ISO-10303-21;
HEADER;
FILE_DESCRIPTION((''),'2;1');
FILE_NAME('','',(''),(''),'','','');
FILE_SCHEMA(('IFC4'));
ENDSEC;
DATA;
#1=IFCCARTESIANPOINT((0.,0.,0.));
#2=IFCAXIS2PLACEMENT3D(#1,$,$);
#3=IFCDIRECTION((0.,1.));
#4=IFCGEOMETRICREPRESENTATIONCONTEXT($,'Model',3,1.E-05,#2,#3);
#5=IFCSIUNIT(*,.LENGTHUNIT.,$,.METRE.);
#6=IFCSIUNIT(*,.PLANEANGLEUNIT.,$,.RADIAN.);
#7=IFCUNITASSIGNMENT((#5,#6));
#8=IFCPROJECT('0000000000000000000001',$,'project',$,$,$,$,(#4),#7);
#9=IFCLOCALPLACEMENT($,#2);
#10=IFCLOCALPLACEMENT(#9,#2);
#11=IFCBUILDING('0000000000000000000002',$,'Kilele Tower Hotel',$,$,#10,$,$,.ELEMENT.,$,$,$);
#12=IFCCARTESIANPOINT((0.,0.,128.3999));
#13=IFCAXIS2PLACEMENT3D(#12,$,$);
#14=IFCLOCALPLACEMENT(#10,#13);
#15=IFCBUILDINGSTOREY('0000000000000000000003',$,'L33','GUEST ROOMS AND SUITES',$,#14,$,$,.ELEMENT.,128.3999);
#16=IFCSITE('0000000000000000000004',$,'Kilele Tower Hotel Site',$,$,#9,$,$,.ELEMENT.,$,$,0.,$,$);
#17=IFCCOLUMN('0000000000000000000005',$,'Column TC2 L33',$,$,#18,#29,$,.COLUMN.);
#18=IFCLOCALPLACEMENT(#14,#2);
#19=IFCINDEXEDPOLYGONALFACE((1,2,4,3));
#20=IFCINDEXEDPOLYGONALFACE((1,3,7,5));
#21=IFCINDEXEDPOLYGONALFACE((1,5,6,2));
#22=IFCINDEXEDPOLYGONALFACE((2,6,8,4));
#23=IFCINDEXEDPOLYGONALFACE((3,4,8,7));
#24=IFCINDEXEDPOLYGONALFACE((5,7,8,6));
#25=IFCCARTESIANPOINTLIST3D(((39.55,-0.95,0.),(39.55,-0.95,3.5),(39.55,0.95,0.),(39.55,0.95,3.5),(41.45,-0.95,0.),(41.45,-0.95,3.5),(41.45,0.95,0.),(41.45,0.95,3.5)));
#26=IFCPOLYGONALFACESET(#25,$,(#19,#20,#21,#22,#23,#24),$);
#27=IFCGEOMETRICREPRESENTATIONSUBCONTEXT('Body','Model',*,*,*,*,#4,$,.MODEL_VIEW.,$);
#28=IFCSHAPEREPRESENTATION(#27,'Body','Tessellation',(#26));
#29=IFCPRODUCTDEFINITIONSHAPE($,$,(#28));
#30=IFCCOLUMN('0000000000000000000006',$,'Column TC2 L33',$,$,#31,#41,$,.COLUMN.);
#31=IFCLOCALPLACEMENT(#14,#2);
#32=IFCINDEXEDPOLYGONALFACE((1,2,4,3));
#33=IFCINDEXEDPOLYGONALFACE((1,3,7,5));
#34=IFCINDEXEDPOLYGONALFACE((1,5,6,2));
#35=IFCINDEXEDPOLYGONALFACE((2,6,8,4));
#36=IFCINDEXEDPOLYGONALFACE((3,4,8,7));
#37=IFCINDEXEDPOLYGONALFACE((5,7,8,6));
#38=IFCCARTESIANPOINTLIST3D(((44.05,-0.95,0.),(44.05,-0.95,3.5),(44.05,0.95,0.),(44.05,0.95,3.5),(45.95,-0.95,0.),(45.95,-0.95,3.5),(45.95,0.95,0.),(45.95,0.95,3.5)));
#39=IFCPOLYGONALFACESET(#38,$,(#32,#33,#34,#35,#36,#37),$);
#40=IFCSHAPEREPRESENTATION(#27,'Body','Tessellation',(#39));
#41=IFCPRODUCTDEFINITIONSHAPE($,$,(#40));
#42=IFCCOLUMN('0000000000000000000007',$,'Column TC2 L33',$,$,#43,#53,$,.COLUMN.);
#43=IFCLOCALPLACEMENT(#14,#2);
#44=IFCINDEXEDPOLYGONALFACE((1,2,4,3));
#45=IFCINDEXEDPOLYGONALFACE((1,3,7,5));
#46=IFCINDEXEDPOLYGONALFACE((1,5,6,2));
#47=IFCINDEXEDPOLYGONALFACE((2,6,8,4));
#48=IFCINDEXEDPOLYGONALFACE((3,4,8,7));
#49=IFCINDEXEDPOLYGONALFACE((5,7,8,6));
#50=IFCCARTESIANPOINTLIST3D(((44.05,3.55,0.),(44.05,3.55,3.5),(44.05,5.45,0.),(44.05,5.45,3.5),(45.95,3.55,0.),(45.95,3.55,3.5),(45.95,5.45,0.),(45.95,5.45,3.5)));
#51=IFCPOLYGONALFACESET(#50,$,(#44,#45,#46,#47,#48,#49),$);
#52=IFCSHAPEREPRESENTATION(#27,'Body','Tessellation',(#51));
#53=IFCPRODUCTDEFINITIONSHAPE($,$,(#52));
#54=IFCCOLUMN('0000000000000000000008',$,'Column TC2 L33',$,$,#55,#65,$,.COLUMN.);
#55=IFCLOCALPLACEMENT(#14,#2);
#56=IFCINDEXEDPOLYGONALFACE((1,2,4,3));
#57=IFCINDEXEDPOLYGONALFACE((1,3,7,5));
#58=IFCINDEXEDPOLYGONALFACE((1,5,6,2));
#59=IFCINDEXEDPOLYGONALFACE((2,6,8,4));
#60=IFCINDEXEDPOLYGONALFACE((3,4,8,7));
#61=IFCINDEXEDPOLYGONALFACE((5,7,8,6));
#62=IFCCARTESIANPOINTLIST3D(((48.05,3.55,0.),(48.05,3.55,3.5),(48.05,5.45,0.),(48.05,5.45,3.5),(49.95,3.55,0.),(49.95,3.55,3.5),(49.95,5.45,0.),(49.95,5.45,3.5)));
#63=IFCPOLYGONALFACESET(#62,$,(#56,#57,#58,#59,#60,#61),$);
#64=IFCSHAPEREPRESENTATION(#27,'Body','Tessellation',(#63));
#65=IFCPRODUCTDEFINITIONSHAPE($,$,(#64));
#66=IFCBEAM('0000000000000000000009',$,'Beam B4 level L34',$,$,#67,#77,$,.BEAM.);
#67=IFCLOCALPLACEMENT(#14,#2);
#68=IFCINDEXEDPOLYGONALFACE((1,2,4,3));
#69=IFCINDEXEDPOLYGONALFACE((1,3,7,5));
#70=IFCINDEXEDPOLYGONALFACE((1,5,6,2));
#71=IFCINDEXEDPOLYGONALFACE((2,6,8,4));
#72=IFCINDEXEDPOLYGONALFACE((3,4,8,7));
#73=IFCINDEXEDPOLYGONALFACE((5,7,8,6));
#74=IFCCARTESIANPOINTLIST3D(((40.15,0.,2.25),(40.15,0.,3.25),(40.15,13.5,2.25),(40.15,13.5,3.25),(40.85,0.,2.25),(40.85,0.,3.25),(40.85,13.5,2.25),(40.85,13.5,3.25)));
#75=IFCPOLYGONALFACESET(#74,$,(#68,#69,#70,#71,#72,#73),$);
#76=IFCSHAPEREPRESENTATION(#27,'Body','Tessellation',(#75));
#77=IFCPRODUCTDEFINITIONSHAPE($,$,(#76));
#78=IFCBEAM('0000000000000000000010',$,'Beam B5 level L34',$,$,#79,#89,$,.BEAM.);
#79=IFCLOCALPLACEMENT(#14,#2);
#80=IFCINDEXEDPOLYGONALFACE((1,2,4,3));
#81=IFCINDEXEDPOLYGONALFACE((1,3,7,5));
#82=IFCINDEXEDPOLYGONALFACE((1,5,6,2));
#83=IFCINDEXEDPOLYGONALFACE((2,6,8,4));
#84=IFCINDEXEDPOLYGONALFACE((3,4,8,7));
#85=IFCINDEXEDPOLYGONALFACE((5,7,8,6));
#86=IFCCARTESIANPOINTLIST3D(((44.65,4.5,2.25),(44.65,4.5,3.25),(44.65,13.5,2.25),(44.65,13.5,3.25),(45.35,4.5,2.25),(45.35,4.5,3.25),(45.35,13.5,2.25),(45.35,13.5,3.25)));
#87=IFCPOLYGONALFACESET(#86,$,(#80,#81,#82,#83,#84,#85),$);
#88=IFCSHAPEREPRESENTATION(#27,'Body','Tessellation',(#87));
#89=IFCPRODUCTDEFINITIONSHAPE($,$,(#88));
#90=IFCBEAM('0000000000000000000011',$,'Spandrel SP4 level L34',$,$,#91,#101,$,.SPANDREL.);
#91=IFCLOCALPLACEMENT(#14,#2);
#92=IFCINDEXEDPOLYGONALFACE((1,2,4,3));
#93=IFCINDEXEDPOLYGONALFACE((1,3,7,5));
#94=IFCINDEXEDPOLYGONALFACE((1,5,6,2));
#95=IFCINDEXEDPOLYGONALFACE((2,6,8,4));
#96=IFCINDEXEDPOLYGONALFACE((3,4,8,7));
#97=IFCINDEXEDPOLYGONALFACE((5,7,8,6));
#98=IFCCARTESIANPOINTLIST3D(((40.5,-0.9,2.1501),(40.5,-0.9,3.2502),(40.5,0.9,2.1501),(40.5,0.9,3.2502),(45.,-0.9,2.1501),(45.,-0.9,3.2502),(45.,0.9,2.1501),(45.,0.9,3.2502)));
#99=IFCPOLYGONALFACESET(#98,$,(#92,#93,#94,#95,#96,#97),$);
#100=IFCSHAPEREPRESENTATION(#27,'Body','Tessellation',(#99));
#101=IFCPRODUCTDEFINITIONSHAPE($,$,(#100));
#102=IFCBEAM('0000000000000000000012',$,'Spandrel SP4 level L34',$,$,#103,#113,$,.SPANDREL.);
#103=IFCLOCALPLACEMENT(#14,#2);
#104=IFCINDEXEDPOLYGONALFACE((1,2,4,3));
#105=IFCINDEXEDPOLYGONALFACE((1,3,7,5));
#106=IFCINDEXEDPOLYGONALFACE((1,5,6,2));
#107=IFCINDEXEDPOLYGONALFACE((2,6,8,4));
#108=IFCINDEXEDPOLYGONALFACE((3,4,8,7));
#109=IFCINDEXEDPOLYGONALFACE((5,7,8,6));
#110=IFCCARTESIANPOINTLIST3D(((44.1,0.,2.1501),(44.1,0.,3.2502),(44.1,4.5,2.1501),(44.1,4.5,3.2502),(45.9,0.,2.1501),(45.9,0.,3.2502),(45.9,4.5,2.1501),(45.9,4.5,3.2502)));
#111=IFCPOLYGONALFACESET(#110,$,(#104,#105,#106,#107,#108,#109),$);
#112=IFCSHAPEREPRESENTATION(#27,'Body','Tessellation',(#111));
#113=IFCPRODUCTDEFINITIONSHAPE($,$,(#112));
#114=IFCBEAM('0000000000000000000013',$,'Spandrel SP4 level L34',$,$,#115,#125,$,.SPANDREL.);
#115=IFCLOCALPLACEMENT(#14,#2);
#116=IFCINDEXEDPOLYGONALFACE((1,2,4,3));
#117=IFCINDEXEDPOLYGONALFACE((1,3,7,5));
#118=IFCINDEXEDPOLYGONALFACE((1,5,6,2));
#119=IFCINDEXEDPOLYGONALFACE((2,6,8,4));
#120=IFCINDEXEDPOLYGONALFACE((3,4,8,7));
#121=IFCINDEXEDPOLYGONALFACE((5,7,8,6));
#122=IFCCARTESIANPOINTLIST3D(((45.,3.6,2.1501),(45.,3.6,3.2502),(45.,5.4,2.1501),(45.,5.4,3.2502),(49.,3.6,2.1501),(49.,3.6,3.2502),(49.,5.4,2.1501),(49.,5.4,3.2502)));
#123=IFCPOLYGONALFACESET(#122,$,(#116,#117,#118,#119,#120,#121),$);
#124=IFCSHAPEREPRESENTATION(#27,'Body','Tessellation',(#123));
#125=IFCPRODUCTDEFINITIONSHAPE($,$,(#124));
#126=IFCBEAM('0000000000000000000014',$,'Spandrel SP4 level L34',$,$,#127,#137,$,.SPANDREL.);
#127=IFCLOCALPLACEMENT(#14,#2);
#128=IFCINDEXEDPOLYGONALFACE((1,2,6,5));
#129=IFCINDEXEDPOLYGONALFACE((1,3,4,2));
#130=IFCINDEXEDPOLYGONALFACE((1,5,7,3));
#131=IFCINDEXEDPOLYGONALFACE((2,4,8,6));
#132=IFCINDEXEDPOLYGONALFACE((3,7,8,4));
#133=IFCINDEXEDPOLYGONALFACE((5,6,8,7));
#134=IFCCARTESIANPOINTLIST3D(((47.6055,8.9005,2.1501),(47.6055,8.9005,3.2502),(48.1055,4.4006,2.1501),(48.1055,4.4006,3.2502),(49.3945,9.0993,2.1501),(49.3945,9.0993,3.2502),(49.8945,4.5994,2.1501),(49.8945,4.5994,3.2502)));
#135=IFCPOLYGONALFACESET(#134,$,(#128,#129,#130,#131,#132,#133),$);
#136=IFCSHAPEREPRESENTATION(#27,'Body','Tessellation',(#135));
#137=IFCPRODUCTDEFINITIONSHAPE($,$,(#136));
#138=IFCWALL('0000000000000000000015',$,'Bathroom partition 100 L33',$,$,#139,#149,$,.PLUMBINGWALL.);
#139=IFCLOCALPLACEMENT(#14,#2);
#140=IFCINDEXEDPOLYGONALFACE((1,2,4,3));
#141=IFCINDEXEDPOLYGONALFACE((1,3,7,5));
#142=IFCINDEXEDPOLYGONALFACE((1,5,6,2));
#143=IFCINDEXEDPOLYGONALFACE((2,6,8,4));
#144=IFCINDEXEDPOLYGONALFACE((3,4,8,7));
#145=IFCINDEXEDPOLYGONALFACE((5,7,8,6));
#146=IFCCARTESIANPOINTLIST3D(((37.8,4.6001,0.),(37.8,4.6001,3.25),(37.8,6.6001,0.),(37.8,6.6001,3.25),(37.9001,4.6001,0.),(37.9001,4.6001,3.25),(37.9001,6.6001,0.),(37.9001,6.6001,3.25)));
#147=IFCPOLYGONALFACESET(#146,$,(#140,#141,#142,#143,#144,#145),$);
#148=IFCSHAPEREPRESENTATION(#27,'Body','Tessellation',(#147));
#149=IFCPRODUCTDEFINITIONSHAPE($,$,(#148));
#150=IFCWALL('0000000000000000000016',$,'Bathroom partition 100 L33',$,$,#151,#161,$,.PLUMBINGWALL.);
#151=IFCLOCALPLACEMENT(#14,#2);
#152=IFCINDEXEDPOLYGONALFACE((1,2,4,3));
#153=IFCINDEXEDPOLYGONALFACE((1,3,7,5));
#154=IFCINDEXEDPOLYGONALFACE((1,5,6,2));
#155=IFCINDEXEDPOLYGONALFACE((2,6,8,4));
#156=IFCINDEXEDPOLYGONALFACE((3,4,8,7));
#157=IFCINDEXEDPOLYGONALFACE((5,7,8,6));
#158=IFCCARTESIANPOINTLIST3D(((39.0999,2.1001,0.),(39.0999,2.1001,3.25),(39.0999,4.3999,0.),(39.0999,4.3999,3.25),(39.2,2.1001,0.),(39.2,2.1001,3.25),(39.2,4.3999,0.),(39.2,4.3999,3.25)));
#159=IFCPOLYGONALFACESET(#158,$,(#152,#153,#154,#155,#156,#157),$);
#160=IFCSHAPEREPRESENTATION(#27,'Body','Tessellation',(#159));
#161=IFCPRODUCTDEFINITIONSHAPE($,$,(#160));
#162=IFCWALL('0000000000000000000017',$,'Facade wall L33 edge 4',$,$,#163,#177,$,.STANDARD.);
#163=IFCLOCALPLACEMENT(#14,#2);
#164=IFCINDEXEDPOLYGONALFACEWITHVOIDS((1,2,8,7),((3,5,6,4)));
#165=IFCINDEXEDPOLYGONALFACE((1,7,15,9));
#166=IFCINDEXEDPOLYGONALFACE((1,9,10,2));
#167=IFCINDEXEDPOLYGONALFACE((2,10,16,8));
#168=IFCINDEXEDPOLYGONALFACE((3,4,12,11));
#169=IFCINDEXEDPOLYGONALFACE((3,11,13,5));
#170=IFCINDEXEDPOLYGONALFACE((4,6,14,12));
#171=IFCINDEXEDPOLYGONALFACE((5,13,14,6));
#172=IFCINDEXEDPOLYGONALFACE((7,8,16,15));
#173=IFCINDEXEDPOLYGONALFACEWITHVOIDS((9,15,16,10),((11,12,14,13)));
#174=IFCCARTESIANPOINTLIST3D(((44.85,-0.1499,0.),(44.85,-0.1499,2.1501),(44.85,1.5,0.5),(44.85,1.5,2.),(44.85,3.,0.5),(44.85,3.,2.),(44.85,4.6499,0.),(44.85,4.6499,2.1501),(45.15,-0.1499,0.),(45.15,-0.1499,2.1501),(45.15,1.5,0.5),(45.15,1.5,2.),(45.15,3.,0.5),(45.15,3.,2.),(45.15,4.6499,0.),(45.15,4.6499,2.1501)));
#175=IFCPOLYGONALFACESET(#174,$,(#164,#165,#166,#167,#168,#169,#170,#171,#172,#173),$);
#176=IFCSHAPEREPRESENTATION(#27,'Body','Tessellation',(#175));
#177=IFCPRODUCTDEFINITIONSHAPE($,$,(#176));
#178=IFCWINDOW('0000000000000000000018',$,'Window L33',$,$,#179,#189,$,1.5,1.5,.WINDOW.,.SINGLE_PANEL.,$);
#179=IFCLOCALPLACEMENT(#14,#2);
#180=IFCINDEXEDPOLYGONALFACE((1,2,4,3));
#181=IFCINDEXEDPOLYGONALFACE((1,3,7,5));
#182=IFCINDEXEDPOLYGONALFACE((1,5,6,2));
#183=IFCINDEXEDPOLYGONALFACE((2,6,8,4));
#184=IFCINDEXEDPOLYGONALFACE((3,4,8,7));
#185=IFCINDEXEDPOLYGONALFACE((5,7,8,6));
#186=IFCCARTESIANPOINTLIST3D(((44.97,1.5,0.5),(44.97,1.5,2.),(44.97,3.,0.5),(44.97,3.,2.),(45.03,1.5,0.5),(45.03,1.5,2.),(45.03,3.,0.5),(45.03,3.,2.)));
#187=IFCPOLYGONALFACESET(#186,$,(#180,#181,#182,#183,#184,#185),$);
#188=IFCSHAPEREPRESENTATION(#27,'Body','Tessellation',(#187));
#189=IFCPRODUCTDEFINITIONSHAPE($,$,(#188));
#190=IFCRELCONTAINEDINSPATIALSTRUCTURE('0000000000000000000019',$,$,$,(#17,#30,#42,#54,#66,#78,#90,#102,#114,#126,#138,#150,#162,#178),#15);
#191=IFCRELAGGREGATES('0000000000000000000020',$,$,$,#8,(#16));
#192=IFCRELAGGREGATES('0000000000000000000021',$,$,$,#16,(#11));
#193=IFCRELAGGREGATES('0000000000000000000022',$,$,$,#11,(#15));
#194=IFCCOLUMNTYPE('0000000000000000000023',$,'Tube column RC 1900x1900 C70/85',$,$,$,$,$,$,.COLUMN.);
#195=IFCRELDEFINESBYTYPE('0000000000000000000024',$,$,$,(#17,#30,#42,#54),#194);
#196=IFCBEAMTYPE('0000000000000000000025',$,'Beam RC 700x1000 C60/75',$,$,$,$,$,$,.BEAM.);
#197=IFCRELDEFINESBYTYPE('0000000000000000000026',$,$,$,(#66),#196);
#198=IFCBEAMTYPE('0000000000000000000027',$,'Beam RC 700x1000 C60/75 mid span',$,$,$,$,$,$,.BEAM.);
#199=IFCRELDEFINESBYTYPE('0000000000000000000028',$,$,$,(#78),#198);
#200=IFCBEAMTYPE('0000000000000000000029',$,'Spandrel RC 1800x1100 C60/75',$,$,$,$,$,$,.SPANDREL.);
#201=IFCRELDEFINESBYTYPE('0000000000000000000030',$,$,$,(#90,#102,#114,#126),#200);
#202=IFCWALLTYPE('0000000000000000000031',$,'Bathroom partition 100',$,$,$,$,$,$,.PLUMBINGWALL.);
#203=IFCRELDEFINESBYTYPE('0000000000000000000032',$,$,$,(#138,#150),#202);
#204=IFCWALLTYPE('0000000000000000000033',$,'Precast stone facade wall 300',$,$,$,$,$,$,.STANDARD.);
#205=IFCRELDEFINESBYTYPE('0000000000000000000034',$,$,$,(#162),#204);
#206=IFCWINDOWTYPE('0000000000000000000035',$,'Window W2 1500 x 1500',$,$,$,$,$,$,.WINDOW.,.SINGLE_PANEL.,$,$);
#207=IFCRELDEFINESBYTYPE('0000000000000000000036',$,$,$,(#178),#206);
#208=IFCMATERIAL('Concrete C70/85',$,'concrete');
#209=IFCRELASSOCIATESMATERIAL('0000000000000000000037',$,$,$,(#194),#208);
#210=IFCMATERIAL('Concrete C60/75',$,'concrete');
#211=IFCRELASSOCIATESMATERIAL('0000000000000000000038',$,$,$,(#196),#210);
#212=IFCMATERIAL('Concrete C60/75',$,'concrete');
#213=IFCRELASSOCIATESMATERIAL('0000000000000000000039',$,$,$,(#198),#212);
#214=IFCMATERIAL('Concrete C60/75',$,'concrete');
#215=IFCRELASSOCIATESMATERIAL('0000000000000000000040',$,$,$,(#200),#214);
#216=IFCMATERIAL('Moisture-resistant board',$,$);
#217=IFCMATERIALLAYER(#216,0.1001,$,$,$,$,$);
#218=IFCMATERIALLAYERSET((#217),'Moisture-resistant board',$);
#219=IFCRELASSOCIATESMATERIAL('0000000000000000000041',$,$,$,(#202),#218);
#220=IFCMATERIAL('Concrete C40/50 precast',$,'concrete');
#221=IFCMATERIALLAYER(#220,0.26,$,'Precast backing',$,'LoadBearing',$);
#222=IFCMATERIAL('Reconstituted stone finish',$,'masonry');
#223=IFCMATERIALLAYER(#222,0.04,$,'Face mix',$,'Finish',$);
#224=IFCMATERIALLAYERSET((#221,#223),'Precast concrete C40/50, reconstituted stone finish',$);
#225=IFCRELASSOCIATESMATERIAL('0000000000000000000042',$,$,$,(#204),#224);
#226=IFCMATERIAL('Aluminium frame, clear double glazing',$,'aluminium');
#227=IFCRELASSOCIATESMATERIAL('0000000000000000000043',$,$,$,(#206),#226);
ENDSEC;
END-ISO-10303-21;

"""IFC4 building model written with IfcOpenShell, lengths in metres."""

from ifc_helpers import new_model, si_unit, direction, frame, frame_2d, origin, origin_2d, place, context, subcontext, project, spatial, rectangle, extrude, material, layer, layer_set, material_profile, profile_set, type_object, element, fill, save


model = new_model("IFC4")

# Units and contexts
model_context = context("Model", 3, precision=1e-05, world=origin(), true_north=direction((0.0, 1.0)))
body_context = subcontext(model_context, "Body", "Model", "MODEL_VIEW")
ifc_project = project(units=[si_unit("LENGTHUNIT", "METRE"), si_unit("PLANEANGLEUNIT", "RADIAN")], contexts=[model_context])

# Site, building, storey
site_placement = place(None, origin())
site = spatial("IfcSite", under=ifc_project, at=site_placement, Name="Kilele Tower Hotel Site", CompositionType="ELEMENT", RefElevation=0.0)
building_placement = place(site_placement, origin())
building = spatial("IfcBuilding", under=site, at=building_placement, Name="Kilele Tower Hotel", CompositionType="ELEMENT")
storey_placement = place(building_placement, frame((0.0, 0.0, 128.3999)))
storey = spatial("IfcBuildingStorey", under=building, at=storey_placement, Name="L33", Description="GUEST ROOMS AND SUITES", CompositionType="ELEMENT", Elevation=128.3999)

# Columns
ifc_material_1 = material(Name="Concrete C70/85", Category="concrete")
ifc_material_profile_1 = material_profile(ifc_material_1, rectangle(XDim=1.8999, YDim=1.8999, at=origin_2d()))
ifc_profile_set_1 = profile_set([ifc_material_profile_1], Name="Concrete C70/85")
column_type = type_object("IfcColumnType", Name="Tube column RC 1900x1900 C70/85", PredefinedType="COLUMN", material=ifc_profile_set_1)
for number, where, z_axis, x_axis, name in (
    (1, (40.5, 0.0, 0.0), (0.0, 0.0, 1.0), (1.0, 0.0, 0.0), "Column TC2 L33"),
    (2, (45.0, 0.0, 0.0), (0.0, 0.0, 1.0), (1.0, 0.0, 0.0), "Column TC2 L33"),
    (3, (45.0, 4.5, 0.0), (0.0, 0.0, 1.0), (1.0, 0.0, 0.0), "Column TC2 L33"),
    (4, (49.0, 4.5, 0.0), (0.0, 0.0, 1.0), (1.0, 0.0, 0.0), "Column TC2 L33"),
):
    element("IfcColumn", number, at=place(storey_placement, frame(where, z_axis=z_axis, x_axis=x_axis)), inside=storey, type_object=column_type, Name=name, PredefinedType="COLUMN", context=body_context, shape_type="SweptSolid", body=[
        extrude(rectangle(XDim=1.8999, YDim=1.8999, at=origin_2d()), origin(), (0.0, 0.0, 1.0), 3.5),
    ])

# Beams
ifc_material_2 = material(Name="Concrete C60/75", Category="concrete")
ifc_material_profile_2 = material_profile(ifc_material_2, rectangle(XDim=0.7, YDim=1.0, at=origin_2d()))
ifc_profile_set_2 = profile_set([ifc_material_profile_2], Name="Concrete C60/75")
beam_type_1 = type_object("IfcBeamType", Name="Beam RC 700x1000 C60/75", PredefinedType="BEAM", material=ifc_profile_set_2)
beam_1_placement = place(storey_placement, frame((40.5, 0.0, 2.75), z_axis=(0.0, 1.0, 0.0), x_axis=(-1.0, 0.0, 0.0)))
element("IfcBeam", 5, at=beam_1_placement, inside=storey, type_object=beam_type_1, Name="Beam B4 level L34", PredefinedType="BEAM", context=body_context, shape_type="SweptSolid", body=[
    extrude(rectangle(XDim=0.7, YDim=1.0, at=origin_2d()), origin(), (0.0, 0.0, 1.0), 13.5),
])
ifc_material_3 = material(Name="Concrete C60/75", Category="concrete")
ifc_material_profile_3 = material_profile(ifc_material_3, rectangle(XDim=0.7, YDim=1.0, at=origin_2d()))
ifc_profile_set_3 = profile_set([ifc_material_profile_3], Name="Concrete C60/75")
beam_type_2 = type_object("IfcBeamType", Name="Beam RC 700x1000 C60/75 mid span", PredefinedType="BEAM", material=ifc_profile_set_3)
beam_2_placement = place(storey_placement, frame((45.0, 4.5, 2.75), z_axis=(0.0, 1.0, 0.0), x_axis=(-1.0, 0.0, 0.0)))
element("IfcBeam", 6, at=beam_2_placement, inside=storey, type_object=beam_type_2, Name="Beam B5 level L34", PredefinedType="BEAM", context=body_context, shape_type="SweptSolid", body=[
    extrude(rectangle(XDim=0.7, YDim=1.0, at=origin_2d()), origin(), (0.0, 0.0, 1.0), 9.0),
])
ifc_material_4 = material(Name="Concrete C60/75", Category="concrete")
ifc_material_profile_4 = material_profile(ifc_material_4, rectangle(XDim=1.8, YDim=1.1001, at=origin_2d()))
ifc_profile_set_4 = profile_set([ifc_material_profile_4], Name="Concrete C60/75")
beam_type_3 = type_object("IfcBeamType", Name="Spandrel RC 1800x1100 C60/75", PredefinedType="SPANDREL", material=ifc_profile_set_4)
for number, where, z_axis, x_axis, name in (
    (7, (40.5, 0.0, 2.7002), (1.0, 0.0, 0.0), (0.0, 1.0, 0.0), "Spandrel SP4 level L34"),
    (8, (45.0, 0.0, 2.7002), (0.0, 1.0, 0.0), (-1.0, 0.0, 0.0), "Spandrel SP4 level L34"),
):
    element("IfcBeam", number, at=place(storey_placement, frame(where, z_axis=z_axis, x_axis=x_axis)), inside=storey, type_object=beam_type_3, Name=name, PredefinedType="SPANDREL", context=body_context, shape_type="SweptSolid", body=[
        extrude(rectangle(XDim=1.8, YDim=1.1001, at=origin_2d()), origin(), (0.0, 0.0, 1.0), 4.5),
    ])
beam_3_placement = place(storey_placement, frame((45.0, 4.5, 2.7002), z_axis=(1.0, 0.0, 0.0), x_axis=(0.0, 1.0, 0.0)))
element("IfcBeam", 9, at=beam_3_placement, inside=storey, type_object=beam_type_3, Name="Spandrel SP4 level L34", PredefinedType="SPANDREL", context=body_context, shape_type="SweptSolid", body=[
    extrude(rectangle(XDim=1.8, YDim=1.1001, at=origin_2d()), origin(), (0.0, 0.0, 1.0), 4.0),
])
beam_4_placement = place(storey_placement, frame((49.0, 4.5, 2.7002), z_axis=(-0.110432, 0.993884, 0.0), x_axis=(-0.993884, -0.110432, 0.0)))
element("IfcBeam", 10, at=beam_4_placement, inside=storey, type_object=beam_type_3, Name="Spandrel SP4 level L34", PredefinedType="SPANDREL", context=body_context, shape_type="SweptSolid", body=[
    extrude(rectangle(XDim=1.8, YDim=1.1001, at=origin_2d()), origin(), (0.0, 0.0, 1.0), 4.5276),
])

# Walls
ifc_material_5 = material(Name="Moisture-resistant board")
ifc_layer_1 = layer(ifc_material_5, 0.1001)
ifc_layer_set_1 = layer_set([ifc_layer_1], Name="Moisture-resistant board")
wall_type_1 = type_object("IfcWallType", Name="Bathroom partition 100", PredefinedType="PLUMBINGWALL", material=ifc_layer_set_1)
wall_1_placement = place(storey_placement, frame((37.8501, 4.6001, 0.0), z_axis=(0.0, 0.0, 1.0), x_axis=(0.0, 1.0, 0.0)))
element("IfcWall", 11, at=wall_1_placement, inside=storey, type_object=wall_type_1, Name="Bathroom partition 100 L33", PredefinedType="PLUMBINGWALL", context=body_context, shape_type="SweptSolid", body=[
    extrude(rectangle(XDim=2.0, YDim=0.1001, at=frame_2d((1.0, 0.0))), origin(), (0.0, 0.0, 1.0), 3.25),
])
wall_2_placement = place(storey_placement, frame((39.1499, 4.3999, 0.0), z_axis=(0.0, 0.0, 1.0), x_axis=(0.0, -1.0, 0.0)))
element("IfcWall", 12, at=wall_2_placement, inside=storey, type_object=wall_type_1, Name="Bathroom partition 100 L33", PredefinedType="PLUMBINGWALL", context=body_context, shape_type="SweptSolid", body=[
    extrude(rectangle(XDim=2.2998, YDim=0.1001, at=frame_2d((1.1499, 0.0))), origin(), (0.0, 0.0, 1.0), 3.25),
])

# Wall, opening, window
ifc_material_6 = material(Name="Concrete C40/50 precast", Category="concrete")
ifc_layer_2 = layer(ifc_material_6, 0.26, Name="Precast backing", Category="LoadBearing")
ifc_material_7 = material(Name="Reconstituted stone finish", Category="masonry")
ifc_layer_3 = layer(ifc_material_7, 0.04, Name="Face mix", Category="Finish")
ifc_layer_set_2 = layer_set([ifc_layer_2, ifc_layer_3], Name="Precast concrete C40/50, reconstituted stone finish")
wall_type_2 = type_object("IfcWallType", Name="Precast stone facade wall 300", PredefinedType="STANDARD", material=ifc_layer_set_2)
wall_3_placement = place(storey_placement, frame((45.0, -0.1499, 0.0), z_axis=(0.0, 0.0, 1.0), x_axis=(0.0, 1.0, 0.0)))
wall_3 = element("IfcWall", 13, at=wall_3_placement, inside=storey, type_object=wall_type_2, Name="Facade wall L33 edge 4", PredefinedType="STANDARD", context=body_context, shape_type="SweptSolid", body=[
    extrude(rectangle(XDim=4.7998, YDim=0.3, at=frame_2d((2.3999, 0.0))), origin(), (0.0, 0.0, 1.0), 2.1501),
])
opening_1_placement = place(wall_3_placement, frame((1.6499, 0.0, 0.5)))
opening_1 = element("IfcOpeningElement", 14, at=opening_1_placement, cuts=wall_3, PredefinedType="OPENING", context=body_context, shape_type="SweptSolid", body=[
    extrude(rectangle(XDim=1.5, YDim=1.5, at=frame_2d((0.75, 0.75))), frame((0.0, 0.1599, 0.0), z_axis=(0.0, -1.0, 0.0), x_axis=(1.0, 0.0, 0.0)), (0.0, 0.0, 1.0), 0.3201),
])
ifc_material_8 = material(Name="Aluminium frame, clear double glazing", Category="aluminium")
window_type = type_object("IfcWindowType", Name="Window W2 1500 x 1500", PartitioningType="SINGLE_PANEL", PredefinedType="WINDOW", material=ifc_material_8)
window_1_placement = place(opening_1_placement, origin())
window_1 = element("IfcWindow", 15, at=window_1_placement, inside=storey, type_object=window_type, Name="Window L33", OverallHeight=1.5, OverallWidth=1.5, PartitioningType="SINGLE_PANEL", PredefinedType="WINDOW", context=body_context, shape_type="SweptSolid", body=[
    extrude(rectangle(XDim=1.5, YDim=1.5, at=frame_2d((0.75, 0.75))), frame((0.0, 0.03, 0.0), z_axis=(0.0, -1.0, 0.0), x_axis=(1.0, 0.0, 0.0)), (0.0, 0.0, 1.0), 0.0601),
])
fill(opening_1, window_1)

save(model, "model.ifc")
